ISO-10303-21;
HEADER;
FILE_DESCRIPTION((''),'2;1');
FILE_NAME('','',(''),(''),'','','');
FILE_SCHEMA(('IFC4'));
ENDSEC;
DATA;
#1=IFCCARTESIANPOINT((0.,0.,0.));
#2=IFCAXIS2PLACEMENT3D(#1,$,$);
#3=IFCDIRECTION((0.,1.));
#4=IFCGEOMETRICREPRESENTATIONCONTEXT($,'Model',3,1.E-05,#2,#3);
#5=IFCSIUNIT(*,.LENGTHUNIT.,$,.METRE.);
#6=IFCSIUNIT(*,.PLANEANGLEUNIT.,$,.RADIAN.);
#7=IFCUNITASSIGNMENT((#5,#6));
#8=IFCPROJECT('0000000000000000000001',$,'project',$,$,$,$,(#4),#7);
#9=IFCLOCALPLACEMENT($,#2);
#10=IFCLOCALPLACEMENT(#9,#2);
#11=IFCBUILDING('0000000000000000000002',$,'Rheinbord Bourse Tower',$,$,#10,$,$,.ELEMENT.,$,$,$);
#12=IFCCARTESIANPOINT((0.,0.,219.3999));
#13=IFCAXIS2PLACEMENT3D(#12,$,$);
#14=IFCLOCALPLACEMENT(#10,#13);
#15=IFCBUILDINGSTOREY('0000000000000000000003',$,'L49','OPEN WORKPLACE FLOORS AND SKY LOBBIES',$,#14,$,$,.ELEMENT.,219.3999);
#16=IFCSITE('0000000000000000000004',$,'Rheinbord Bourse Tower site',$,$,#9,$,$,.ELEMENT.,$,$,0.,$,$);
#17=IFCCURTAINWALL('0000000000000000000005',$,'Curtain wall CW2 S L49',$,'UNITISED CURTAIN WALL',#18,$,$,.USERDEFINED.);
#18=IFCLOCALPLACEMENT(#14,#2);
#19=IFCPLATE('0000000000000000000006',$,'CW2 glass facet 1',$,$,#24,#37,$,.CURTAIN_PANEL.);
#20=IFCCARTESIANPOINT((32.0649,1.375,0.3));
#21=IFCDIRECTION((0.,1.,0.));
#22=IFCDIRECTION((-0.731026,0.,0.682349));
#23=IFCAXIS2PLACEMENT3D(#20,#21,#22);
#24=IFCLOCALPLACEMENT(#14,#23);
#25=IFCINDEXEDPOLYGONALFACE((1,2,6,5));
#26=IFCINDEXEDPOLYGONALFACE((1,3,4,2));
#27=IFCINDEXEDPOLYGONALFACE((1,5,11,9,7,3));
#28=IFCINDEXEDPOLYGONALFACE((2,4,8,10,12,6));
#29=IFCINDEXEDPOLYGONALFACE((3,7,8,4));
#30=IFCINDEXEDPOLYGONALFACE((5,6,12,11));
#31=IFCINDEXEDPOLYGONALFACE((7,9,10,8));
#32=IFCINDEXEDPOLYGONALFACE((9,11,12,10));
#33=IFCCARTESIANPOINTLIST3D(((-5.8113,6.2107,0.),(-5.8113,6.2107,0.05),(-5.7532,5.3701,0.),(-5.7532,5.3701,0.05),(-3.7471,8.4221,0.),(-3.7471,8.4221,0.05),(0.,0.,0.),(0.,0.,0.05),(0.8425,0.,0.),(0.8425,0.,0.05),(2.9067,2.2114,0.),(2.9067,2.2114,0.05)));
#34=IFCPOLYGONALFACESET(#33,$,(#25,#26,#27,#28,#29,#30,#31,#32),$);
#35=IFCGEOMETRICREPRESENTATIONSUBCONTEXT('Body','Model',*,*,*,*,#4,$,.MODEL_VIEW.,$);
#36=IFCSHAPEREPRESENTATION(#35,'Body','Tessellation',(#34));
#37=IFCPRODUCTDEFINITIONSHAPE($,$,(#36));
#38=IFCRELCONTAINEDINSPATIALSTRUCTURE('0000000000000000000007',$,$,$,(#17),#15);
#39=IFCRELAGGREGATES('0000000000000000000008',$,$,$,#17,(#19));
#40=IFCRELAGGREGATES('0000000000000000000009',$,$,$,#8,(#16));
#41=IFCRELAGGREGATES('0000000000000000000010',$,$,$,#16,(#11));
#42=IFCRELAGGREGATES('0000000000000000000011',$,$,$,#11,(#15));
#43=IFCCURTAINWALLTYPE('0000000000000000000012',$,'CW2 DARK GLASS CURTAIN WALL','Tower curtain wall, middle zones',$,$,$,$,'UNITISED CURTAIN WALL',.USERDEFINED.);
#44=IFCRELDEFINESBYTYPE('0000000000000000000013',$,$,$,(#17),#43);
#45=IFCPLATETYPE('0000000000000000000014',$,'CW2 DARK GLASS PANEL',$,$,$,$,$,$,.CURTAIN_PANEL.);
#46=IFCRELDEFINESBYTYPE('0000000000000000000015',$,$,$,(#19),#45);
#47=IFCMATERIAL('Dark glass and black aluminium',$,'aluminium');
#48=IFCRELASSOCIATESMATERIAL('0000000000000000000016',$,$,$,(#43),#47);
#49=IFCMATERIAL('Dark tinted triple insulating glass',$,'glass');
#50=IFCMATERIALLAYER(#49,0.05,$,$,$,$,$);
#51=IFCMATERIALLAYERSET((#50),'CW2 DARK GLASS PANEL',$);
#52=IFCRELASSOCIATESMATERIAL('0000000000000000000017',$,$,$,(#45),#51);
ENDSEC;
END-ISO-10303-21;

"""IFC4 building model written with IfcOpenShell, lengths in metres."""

from ifc_helpers import new_model, si_unit, direction, frame, origin, place, context, subcontext, project, spatial, polyline, outline, extrude, material, layer, layer_set, type_object, element, aggregate, save


model = new_model("IFC4")

# Units and contexts
model_context = context("Model", 3, precision=1e-05, world=origin(), true_north=direction((0.0, 1.0)))
body_context = subcontext(model_context, "Body", "Model", "MODEL_VIEW")
ifc_project = project(units=[si_unit("LENGTHUNIT", "METRE"), si_unit("PLANEANGLEUNIT", "RADIAN")], contexts=[model_context])

# Site, building, storey
site_placement = place(None, origin())
site = spatial("IfcSite", under=ifc_project, at=site_placement, Name="Rheinbord Bourse Tower site", CompositionType="ELEMENT", RefElevation=0.0)
building_placement = place(site_placement, origin())
building = spatial("IfcBuilding", under=site, at=building_placement, Name="Rheinbord Bourse Tower", CompositionType="ELEMENT")
storey_placement = place(building_placement, frame((0.0, 0.0, 219.3999)))
storey = spatial("IfcBuildingStorey", under=building, at=storey_placement, Name="L49", Description="OPEN WORKPLACE FLOORS AND SKY LOBBIES", CompositionType="ELEMENT", Elevation=219.3999)

# Curtain wall
ifc_material_1 = material(Name="Dark glass and black aluminium", Category="aluminium")
curtain_wall_type = type_object("IfcCurtainWallType", Name="CW2 DARK GLASS CURTAIN WALL", Description="Tower curtain wall, middle zones", ElementType="UNITISED CURTAIN WALL", PredefinedType="USERDEFINED", material=ifc_material_1)
curtain_wall_placement = place(storey_placement, origin())
curtain_wall = element("IfcCurtainWall", 1, at=curtain_wall_placement, inside=storey, type_object=curtain_wall_type, Name="Curtain wall CW2 S L49", ObjectType="UNITISED CURTAIN WALL", PredefinedType="USERDEFINED")

# Plate
ifc_material_2 = material(Name="Dark tinted triple insulating glass", Category="glass")
ifc_layer_1 = layer(ifc_material_2, 0.05)
ifc_layer_set_1 = layer_set([ifc_layer_1], Name="CW2 DARK GLASS PANEL")
plate_type = type_object("IfcPlateType", Name="CW2 DARK GLASS PANEL", PredefinedType="CURTAIN_PANEL", material=ifc_layer_set_1)
plate_1_placement = place(storey_placement, frame((32.0649, 1.375, 0.3), z_axis=(0.0, 1.0, 0.0), x_axis=(-0.731026, 0.0, 0.682349)))
plate_1 = element("IfcPlate", 2, at=plate_1_placement, type_object=plate_type, Name="CW2 glass facet 1", PredefinedType="CURTAIN_PANEL", context=body_context, shape_type="SweptSolid", body=[
    extrude(outline(polyline([(0.0, 0.0), (0.8425, 0.0), (2.9067, 2.2114), (-3.7471, 8.4221), (-5.8113, 6.2107), (-5.7532, 5.3701), (0.0, 0.0)])), origin(), (0.0, 0.0, 1.0), 0.05),
])
aggregate(curtain_wall, [plate_1])

save(model, "model.ifc")
